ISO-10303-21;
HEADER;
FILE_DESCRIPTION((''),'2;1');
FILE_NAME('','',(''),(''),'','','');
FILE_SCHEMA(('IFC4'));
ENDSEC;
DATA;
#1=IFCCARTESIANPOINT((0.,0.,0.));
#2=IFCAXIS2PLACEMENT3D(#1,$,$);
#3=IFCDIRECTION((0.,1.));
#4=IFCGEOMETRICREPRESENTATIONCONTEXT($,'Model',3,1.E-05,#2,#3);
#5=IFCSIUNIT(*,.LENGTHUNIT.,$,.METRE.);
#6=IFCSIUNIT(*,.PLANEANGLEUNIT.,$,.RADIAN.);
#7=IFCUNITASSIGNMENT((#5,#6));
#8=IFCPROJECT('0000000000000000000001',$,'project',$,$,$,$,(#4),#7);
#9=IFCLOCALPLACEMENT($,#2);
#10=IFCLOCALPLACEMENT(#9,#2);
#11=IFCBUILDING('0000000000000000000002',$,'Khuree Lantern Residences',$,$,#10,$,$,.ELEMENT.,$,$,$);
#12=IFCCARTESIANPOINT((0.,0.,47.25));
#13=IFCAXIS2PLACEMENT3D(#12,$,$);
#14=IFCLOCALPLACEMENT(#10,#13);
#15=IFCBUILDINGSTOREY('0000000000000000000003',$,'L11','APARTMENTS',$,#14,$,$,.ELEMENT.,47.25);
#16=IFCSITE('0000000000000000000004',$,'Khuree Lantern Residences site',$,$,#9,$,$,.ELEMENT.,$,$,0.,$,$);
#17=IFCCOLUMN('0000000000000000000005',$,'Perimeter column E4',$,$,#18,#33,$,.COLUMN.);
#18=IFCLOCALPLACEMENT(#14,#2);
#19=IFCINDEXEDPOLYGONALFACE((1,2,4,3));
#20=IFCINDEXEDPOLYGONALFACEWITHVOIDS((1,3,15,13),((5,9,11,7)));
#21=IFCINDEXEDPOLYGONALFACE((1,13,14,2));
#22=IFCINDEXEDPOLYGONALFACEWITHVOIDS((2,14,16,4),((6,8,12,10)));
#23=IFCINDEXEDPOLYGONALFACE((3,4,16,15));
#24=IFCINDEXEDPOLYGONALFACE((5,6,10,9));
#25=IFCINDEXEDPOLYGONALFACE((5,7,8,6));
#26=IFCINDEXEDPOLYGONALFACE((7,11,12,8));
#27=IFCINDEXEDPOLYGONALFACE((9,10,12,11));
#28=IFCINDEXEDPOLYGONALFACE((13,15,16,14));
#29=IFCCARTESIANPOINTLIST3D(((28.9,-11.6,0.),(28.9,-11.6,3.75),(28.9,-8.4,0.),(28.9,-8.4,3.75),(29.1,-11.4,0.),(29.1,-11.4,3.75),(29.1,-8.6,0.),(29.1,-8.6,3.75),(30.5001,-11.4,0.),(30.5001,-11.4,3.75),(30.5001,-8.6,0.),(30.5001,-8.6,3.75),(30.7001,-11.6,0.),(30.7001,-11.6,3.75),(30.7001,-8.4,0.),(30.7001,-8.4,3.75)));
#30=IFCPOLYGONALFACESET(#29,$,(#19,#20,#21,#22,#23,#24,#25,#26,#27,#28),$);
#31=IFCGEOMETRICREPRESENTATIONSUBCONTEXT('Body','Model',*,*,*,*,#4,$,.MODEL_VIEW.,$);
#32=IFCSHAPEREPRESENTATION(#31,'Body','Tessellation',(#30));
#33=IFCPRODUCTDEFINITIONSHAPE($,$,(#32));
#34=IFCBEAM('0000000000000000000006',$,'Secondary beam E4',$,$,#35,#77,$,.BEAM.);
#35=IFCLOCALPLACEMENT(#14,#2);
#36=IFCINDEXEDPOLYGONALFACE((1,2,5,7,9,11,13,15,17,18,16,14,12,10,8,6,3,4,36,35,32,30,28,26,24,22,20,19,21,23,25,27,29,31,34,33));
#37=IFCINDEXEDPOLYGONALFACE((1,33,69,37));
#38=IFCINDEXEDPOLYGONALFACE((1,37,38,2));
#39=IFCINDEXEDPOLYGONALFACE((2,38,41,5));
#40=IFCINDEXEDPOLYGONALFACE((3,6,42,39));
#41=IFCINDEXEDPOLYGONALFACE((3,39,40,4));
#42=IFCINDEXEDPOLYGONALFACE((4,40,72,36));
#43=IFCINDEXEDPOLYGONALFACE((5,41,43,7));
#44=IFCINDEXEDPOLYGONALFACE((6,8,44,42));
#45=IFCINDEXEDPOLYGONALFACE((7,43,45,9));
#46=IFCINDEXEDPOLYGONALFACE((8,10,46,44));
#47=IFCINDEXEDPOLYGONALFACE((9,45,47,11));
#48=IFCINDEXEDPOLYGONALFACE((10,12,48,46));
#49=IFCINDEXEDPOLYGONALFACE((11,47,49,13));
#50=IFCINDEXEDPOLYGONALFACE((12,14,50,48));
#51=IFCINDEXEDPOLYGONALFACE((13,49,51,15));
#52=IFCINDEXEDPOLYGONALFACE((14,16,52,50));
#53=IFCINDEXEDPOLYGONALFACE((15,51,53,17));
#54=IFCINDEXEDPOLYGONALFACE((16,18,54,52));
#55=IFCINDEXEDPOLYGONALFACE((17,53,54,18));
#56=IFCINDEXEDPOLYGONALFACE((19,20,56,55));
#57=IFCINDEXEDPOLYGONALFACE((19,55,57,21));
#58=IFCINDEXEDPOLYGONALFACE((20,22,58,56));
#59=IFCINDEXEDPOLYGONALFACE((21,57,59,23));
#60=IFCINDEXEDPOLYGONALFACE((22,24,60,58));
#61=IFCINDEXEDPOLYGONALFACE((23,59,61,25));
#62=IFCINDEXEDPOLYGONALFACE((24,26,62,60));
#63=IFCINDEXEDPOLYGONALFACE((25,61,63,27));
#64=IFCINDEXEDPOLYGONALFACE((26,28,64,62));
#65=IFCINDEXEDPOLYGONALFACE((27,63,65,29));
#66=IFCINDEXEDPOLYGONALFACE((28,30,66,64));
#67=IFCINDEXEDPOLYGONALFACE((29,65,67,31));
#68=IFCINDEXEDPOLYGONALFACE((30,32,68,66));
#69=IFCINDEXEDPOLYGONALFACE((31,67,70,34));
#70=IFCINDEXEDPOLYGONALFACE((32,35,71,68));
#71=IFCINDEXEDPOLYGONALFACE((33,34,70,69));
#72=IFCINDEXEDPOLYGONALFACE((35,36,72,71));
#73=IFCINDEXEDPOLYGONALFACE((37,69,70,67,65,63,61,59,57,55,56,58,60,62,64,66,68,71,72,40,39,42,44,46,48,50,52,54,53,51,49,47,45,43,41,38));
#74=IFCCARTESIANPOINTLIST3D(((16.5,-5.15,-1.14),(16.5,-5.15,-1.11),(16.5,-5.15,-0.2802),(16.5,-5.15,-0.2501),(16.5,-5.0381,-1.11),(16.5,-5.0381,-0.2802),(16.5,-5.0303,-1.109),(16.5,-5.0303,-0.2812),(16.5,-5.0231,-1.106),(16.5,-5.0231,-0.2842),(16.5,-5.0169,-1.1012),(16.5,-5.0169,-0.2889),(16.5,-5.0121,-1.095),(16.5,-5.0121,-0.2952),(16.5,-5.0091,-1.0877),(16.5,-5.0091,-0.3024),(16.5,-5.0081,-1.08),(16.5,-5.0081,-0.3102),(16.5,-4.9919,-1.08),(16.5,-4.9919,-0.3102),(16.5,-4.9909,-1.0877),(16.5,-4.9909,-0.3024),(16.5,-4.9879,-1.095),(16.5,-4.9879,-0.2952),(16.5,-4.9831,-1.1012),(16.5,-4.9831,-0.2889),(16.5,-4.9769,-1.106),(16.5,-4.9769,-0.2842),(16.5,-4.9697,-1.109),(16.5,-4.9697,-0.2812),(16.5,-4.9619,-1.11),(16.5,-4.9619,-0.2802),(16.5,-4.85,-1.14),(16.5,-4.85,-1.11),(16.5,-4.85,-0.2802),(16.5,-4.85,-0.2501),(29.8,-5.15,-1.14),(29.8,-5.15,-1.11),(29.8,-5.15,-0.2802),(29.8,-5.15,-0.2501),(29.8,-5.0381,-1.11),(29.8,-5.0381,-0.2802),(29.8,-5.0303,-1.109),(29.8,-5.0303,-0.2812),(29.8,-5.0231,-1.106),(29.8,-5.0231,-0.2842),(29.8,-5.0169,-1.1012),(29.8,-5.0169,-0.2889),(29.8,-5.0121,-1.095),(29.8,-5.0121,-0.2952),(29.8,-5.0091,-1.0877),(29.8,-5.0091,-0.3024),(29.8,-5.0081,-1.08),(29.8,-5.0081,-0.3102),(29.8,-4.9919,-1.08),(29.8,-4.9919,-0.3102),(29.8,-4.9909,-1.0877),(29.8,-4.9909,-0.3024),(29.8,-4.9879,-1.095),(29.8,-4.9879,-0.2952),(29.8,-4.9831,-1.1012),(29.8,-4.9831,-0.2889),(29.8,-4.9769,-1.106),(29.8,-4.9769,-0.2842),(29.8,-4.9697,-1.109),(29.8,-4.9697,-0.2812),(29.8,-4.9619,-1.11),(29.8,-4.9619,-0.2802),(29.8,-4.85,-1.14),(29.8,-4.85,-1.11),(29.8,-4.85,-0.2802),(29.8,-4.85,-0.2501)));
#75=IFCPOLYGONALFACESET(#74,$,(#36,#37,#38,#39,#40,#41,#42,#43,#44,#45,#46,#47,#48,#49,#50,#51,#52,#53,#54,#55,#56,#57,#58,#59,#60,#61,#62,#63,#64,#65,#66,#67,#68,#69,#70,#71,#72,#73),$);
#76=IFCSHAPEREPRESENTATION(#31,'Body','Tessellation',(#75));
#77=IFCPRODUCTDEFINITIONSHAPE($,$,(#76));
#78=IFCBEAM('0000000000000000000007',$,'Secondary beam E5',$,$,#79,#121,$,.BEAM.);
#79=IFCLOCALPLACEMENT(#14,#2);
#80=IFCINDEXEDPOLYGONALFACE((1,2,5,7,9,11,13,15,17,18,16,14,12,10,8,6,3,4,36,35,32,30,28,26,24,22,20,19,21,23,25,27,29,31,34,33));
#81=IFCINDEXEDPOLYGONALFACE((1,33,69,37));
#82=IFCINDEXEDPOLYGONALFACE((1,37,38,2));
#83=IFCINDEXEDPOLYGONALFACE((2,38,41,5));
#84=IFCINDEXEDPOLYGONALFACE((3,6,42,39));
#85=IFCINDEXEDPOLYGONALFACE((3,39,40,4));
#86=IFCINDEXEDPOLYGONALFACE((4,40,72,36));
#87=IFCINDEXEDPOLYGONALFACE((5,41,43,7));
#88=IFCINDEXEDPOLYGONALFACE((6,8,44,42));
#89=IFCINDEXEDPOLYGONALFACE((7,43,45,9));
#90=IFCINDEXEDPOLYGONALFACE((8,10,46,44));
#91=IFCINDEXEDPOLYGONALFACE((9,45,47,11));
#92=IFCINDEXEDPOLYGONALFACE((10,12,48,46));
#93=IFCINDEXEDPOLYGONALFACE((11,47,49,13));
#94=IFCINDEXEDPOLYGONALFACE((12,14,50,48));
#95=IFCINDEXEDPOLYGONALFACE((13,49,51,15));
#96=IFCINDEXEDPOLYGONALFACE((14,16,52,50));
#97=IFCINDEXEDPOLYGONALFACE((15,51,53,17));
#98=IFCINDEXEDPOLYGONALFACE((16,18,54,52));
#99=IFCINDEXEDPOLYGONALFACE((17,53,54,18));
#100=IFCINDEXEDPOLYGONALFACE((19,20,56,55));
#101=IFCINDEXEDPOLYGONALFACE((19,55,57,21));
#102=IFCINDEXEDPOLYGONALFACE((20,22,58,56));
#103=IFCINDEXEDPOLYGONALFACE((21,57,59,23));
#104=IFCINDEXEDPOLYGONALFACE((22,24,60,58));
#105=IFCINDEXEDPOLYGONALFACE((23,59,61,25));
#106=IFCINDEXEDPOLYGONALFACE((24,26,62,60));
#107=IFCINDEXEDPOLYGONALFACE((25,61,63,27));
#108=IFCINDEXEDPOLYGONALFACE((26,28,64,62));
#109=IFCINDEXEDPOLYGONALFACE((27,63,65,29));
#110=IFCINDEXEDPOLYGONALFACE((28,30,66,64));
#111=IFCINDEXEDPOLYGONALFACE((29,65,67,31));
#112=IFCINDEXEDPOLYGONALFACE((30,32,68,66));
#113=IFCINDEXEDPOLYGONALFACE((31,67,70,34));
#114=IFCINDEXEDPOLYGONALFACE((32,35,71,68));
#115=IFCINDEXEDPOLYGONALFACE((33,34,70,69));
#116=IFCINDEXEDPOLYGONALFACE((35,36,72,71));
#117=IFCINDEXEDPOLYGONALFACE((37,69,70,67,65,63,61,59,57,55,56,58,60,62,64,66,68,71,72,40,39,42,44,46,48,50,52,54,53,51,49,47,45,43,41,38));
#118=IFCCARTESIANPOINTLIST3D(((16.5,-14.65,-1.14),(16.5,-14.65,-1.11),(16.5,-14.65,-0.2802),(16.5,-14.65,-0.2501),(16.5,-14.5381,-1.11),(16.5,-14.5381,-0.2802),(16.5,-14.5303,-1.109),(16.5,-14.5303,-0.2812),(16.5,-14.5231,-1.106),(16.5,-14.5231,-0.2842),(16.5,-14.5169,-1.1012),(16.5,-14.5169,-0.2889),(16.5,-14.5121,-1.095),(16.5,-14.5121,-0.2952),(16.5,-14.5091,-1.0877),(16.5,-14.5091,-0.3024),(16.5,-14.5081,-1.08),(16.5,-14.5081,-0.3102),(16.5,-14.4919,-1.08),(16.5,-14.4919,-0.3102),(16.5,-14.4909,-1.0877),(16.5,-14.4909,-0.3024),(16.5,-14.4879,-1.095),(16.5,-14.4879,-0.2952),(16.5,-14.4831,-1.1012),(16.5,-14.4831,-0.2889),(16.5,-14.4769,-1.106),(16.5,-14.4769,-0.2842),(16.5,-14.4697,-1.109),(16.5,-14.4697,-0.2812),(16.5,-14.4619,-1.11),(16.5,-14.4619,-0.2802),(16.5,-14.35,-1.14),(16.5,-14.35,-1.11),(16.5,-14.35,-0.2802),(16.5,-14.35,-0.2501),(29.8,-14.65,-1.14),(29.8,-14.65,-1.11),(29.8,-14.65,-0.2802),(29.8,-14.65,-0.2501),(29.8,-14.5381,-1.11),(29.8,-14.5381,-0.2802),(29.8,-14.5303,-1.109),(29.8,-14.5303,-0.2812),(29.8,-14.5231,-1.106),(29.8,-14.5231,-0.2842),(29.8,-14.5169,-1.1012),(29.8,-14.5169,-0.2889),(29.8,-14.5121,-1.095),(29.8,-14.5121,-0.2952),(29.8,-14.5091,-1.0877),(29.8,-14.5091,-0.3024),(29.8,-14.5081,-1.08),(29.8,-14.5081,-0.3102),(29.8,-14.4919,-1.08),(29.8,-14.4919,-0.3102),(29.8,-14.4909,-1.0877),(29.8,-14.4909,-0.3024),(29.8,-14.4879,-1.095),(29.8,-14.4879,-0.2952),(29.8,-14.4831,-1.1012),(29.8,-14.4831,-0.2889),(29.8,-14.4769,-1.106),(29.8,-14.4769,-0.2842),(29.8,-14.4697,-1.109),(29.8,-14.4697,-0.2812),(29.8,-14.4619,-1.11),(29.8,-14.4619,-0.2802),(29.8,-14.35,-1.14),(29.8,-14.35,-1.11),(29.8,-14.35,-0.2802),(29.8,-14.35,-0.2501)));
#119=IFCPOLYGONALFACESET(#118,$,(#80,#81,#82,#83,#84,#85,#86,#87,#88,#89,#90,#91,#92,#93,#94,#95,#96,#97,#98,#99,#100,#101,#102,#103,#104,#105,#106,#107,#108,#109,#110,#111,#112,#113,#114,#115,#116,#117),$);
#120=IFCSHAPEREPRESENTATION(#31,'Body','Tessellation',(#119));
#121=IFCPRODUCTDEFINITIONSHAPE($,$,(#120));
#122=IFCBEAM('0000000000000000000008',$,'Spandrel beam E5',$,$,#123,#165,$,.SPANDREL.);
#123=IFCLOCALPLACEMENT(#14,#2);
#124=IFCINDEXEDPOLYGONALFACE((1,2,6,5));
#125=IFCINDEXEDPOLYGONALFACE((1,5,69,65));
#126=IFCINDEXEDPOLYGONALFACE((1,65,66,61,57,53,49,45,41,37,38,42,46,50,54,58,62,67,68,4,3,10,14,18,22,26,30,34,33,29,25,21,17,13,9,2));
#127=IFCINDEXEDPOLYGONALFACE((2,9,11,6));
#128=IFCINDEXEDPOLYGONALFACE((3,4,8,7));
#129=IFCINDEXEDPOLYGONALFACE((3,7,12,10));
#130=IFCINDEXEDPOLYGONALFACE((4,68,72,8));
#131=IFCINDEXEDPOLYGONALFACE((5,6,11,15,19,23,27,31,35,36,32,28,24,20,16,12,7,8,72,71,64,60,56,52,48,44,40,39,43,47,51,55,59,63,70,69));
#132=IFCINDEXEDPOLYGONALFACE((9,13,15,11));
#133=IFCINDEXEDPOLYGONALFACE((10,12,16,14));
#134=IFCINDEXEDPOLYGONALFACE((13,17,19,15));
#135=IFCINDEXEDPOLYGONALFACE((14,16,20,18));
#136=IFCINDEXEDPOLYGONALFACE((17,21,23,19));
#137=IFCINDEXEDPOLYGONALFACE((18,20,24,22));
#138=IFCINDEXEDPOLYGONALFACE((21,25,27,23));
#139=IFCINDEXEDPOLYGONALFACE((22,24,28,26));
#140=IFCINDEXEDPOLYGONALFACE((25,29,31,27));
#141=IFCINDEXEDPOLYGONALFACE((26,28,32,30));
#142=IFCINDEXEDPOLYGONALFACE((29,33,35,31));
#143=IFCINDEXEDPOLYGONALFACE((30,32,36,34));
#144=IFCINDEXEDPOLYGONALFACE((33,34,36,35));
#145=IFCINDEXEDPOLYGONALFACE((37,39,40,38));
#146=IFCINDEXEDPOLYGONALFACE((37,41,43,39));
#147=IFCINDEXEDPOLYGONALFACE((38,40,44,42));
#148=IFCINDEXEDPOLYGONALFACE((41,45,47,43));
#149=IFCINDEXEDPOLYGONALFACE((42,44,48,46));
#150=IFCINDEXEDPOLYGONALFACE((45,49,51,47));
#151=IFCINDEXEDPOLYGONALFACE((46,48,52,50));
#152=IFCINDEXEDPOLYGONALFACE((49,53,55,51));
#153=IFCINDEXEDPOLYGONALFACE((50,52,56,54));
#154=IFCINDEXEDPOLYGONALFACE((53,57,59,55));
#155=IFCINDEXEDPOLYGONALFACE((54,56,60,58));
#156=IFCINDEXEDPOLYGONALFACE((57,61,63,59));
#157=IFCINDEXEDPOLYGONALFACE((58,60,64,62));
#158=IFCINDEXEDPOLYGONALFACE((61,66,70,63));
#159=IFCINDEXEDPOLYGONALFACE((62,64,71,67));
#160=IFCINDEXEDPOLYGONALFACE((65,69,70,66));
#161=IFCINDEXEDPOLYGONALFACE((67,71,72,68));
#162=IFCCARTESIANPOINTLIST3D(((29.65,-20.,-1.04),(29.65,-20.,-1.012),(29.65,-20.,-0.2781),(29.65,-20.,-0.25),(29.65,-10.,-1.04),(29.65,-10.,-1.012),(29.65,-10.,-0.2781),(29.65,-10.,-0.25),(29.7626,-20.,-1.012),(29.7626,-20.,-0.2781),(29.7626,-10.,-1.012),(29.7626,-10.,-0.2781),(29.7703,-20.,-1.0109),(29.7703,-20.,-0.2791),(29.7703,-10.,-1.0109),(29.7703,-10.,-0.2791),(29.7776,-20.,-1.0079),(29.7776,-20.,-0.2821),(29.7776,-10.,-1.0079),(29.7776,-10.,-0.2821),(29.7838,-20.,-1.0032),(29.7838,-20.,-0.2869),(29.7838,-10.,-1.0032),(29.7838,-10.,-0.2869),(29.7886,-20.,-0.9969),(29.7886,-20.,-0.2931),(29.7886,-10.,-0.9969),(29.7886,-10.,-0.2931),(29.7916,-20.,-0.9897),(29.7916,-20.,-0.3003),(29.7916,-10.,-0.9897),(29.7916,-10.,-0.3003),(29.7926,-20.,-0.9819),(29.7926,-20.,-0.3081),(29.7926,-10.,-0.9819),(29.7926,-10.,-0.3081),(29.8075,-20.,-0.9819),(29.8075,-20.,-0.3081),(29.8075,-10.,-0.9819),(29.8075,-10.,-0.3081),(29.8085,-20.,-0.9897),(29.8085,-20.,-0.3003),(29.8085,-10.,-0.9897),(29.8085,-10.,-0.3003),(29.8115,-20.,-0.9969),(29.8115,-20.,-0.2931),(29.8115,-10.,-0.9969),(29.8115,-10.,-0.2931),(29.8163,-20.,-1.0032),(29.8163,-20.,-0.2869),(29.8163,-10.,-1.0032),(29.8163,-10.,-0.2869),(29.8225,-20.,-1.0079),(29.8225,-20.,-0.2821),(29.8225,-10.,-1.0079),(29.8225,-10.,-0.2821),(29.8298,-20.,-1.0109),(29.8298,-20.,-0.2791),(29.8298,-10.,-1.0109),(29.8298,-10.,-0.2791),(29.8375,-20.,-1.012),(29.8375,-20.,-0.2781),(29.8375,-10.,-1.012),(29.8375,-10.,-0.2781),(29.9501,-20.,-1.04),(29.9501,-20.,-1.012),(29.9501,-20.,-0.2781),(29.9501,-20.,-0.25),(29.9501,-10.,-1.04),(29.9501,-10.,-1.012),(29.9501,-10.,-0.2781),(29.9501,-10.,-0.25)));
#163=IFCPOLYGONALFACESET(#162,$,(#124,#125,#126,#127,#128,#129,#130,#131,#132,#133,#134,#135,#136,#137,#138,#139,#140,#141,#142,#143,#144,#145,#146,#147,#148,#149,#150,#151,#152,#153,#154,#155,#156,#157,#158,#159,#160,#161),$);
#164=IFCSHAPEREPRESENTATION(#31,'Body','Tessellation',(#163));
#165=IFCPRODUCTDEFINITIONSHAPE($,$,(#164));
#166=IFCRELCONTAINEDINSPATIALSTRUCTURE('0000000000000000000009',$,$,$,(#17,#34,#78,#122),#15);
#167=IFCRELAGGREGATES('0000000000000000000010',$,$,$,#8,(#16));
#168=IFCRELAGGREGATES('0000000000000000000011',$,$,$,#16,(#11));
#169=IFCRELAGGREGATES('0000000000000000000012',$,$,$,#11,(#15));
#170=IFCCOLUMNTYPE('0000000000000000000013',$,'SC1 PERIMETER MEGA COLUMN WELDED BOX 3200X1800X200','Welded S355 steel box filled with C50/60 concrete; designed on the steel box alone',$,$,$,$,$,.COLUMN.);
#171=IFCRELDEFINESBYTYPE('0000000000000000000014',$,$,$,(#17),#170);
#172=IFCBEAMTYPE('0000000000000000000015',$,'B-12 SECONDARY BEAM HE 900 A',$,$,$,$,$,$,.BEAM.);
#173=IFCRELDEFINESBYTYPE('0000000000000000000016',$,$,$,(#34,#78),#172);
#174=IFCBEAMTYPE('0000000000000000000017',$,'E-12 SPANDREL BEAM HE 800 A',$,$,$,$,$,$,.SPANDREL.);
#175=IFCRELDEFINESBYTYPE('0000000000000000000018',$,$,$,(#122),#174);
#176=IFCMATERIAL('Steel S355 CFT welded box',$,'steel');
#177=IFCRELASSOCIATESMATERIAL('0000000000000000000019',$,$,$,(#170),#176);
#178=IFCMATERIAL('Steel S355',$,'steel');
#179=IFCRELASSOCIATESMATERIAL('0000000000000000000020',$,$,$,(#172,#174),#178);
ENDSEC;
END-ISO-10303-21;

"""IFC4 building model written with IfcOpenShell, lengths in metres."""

from ifc_helpers import new_model, si_unit, direction, frame, origin, origin_2d, place, context, subcontext, project, spatial, hollow_rectangle, i_section, extrude, material, material_profile, profile_set, type_object, element, save


model = new_model("IFC4")

# Units and contexts
model_context = context("Model", 3, precision=1e-05, world=origin(), true_north=direction((0.0, 1.0)))
body_context = subcontext(model_context, "Body", "Model", "MODEL_VIEW")
ifc_project = project(units=[si_unit("LENGTHUNIT", "METRE"), si_unit("PLANEANGLEUNIT", "RADIAN")], contexts=[model_context])

# Site, building, storey
site_placement = place(None, origin())
site = spatial("IfcSite", under=ifc_project, at=site_placement, Name="Khuree Lantern Residences site", CompositionType="ELEMENT", RefElevation=0.0)
building_placement = place(site_placement, origin())
building = spatial("IfcBuilding", under=site, at=building_placement, Name="Khuree Lantern Residences", CompositionType="ELEMENT")
storey_placement = place(building_placement, frame((0.0, 0.0, 47.25)))
storey = spatial("IfcBuildingStorey", under=building, at=storey_placement, Name="L11", Description="APARTMENTS", CompositionType="ELEMENT", Elevation=47.25)

# Column
ifc_material_1 = material(Name="Steel S355 CFT welded box", Category="steel")
ifc_material_profile_1 = material_profile(ifc_material_1, hollow_rectangle(XDim=3.2, YDim=1.8, WallThickness=0.2, at=origin_2d()), Name="WELDED BOX 3200X1800X200")
ifc_profile_set_1 = profile_set([ifc_material_profile_1], Name="Steel S355 CFT welded box")
column_type = type_object("IfcColumnType", Name="SC1 PERIMETER MEGA COLUMN WELDED BOX 3200X1800X200", Description="Welded S355 steel box filled with C50/60 concrete; designed on the steel box alone", PredefinedType="COLUMN", material=ifc_profile_set_1)
column_placement = place(storey_placement, frame((29.8, -10.0, 0.0), z_axis=(0.0, 0.0, 1.0), x_axis=(0.0, 1.0, 0.0)))
element("IfcColumn", 1, at=column_placement, inside=storey, type_object=column_type, Name="Perimeter column E4", PredefinedType="COLUMN", context=body_context, shape_type="SweptSolid", body=[
    extrude(hollow_rectangle(XDim=3.2, YDim=1.8, WallThickness=0.2, at=origin_2d()), origin(), (0.0, 0.0, 1.0), 3.75),
])

# Beams
ifc_material_2 = material(Name="Steel S355", Category="steel")
ifc_material_profile_2 = material_profile(ifc_material_2, i_section(OverallWidth=0.3, OverallDepth=0.8899, WebThickness=0.0161, FlangeThickness=0.03, FilletRadius=0.03, at=origin_2d()), Name="HE 900 A")
ifc_profile_set_2 = profile_set([ifc_material_profile_2], Name="Steel S355")
beam_type_1 = type_object("IfcBeamType", Name="B-12 SECONDARY BEAM HE 900 A", PredefinedType="BEAM", material=ifc_profile_set_2)
for number, where, z_axis, x_axis, name in (
    (2, (29.8, -5.0, -0.6951), (-1.0, 0.0, 0.0), (0.0, -1.0, 0.0), "Secondary beam E4"),
    (3, (29.8, -14.5, -0.6951), (-1.0, 0.0, 0.0), (0.0, -1.0, 0.0), "Secondary beam E5"),
):
    element("IfcBeam", number, at=place(storey_placement, frame(where, z_axis=z_axis, x_axis=x_axis)), inside=storey, type_object=beam_type_1, Name=name, PredefinedType="BEAM", context=body_context, shape_type="SweptSolid", body=[
        extrude(i_section(OverallWidth=0.3, OverallDepth=0.8899, WebThickness=0.0161, FlangeThickness=0.03, FilletRadius=0.03, at=origin_2d()), origin(), (0.0, 0.0, 1.0), 13.3),
    ])
ifc_material_profile_3 = material_profile(ifc_material_2, i_section(OverallWidth=0.3, OverallDepth=0.79, WebThickness=0.0149, FlangeThickness=0.0281, FilletRadius=0.03, at=origin_2d()), Name="HE 800 A")
ifc_profile_set_3 = profile_set([ifc_material_profile_3], Name="Steel S355")
beam_type_2 = type_object("IfcBeamType", Name="E-12 SPANDREL BEAM HE 800 A", PredefinedType="SPANDREL", material=ifc_profile_set_3)
beam_1_placement = place(storey_placement, frame((29.8, -10.0, -0.645), z_axis=(0.0, -1.0, 0.0), x_axis=(1.0, 0.0, 0.0)))
element("IfcBeam", 4, at=beam_1_placement, inside=storey, type_object=beam_type_2, Name="Spandrel beam E5", PredefinedType="SPANDREL", context=body_context, shape_type="SweptSolid", body=[
    extrude(i_section(OverallWidth=0.3, OverallDepth=0.79, WebThickness=0.0149, FlangeThickness=0.0281, FilletRadius=0.03, at=origin_2d()), origin(), (0.0, 0.0, 1.0), 10.0),
])

save(model, "model.ifc")
